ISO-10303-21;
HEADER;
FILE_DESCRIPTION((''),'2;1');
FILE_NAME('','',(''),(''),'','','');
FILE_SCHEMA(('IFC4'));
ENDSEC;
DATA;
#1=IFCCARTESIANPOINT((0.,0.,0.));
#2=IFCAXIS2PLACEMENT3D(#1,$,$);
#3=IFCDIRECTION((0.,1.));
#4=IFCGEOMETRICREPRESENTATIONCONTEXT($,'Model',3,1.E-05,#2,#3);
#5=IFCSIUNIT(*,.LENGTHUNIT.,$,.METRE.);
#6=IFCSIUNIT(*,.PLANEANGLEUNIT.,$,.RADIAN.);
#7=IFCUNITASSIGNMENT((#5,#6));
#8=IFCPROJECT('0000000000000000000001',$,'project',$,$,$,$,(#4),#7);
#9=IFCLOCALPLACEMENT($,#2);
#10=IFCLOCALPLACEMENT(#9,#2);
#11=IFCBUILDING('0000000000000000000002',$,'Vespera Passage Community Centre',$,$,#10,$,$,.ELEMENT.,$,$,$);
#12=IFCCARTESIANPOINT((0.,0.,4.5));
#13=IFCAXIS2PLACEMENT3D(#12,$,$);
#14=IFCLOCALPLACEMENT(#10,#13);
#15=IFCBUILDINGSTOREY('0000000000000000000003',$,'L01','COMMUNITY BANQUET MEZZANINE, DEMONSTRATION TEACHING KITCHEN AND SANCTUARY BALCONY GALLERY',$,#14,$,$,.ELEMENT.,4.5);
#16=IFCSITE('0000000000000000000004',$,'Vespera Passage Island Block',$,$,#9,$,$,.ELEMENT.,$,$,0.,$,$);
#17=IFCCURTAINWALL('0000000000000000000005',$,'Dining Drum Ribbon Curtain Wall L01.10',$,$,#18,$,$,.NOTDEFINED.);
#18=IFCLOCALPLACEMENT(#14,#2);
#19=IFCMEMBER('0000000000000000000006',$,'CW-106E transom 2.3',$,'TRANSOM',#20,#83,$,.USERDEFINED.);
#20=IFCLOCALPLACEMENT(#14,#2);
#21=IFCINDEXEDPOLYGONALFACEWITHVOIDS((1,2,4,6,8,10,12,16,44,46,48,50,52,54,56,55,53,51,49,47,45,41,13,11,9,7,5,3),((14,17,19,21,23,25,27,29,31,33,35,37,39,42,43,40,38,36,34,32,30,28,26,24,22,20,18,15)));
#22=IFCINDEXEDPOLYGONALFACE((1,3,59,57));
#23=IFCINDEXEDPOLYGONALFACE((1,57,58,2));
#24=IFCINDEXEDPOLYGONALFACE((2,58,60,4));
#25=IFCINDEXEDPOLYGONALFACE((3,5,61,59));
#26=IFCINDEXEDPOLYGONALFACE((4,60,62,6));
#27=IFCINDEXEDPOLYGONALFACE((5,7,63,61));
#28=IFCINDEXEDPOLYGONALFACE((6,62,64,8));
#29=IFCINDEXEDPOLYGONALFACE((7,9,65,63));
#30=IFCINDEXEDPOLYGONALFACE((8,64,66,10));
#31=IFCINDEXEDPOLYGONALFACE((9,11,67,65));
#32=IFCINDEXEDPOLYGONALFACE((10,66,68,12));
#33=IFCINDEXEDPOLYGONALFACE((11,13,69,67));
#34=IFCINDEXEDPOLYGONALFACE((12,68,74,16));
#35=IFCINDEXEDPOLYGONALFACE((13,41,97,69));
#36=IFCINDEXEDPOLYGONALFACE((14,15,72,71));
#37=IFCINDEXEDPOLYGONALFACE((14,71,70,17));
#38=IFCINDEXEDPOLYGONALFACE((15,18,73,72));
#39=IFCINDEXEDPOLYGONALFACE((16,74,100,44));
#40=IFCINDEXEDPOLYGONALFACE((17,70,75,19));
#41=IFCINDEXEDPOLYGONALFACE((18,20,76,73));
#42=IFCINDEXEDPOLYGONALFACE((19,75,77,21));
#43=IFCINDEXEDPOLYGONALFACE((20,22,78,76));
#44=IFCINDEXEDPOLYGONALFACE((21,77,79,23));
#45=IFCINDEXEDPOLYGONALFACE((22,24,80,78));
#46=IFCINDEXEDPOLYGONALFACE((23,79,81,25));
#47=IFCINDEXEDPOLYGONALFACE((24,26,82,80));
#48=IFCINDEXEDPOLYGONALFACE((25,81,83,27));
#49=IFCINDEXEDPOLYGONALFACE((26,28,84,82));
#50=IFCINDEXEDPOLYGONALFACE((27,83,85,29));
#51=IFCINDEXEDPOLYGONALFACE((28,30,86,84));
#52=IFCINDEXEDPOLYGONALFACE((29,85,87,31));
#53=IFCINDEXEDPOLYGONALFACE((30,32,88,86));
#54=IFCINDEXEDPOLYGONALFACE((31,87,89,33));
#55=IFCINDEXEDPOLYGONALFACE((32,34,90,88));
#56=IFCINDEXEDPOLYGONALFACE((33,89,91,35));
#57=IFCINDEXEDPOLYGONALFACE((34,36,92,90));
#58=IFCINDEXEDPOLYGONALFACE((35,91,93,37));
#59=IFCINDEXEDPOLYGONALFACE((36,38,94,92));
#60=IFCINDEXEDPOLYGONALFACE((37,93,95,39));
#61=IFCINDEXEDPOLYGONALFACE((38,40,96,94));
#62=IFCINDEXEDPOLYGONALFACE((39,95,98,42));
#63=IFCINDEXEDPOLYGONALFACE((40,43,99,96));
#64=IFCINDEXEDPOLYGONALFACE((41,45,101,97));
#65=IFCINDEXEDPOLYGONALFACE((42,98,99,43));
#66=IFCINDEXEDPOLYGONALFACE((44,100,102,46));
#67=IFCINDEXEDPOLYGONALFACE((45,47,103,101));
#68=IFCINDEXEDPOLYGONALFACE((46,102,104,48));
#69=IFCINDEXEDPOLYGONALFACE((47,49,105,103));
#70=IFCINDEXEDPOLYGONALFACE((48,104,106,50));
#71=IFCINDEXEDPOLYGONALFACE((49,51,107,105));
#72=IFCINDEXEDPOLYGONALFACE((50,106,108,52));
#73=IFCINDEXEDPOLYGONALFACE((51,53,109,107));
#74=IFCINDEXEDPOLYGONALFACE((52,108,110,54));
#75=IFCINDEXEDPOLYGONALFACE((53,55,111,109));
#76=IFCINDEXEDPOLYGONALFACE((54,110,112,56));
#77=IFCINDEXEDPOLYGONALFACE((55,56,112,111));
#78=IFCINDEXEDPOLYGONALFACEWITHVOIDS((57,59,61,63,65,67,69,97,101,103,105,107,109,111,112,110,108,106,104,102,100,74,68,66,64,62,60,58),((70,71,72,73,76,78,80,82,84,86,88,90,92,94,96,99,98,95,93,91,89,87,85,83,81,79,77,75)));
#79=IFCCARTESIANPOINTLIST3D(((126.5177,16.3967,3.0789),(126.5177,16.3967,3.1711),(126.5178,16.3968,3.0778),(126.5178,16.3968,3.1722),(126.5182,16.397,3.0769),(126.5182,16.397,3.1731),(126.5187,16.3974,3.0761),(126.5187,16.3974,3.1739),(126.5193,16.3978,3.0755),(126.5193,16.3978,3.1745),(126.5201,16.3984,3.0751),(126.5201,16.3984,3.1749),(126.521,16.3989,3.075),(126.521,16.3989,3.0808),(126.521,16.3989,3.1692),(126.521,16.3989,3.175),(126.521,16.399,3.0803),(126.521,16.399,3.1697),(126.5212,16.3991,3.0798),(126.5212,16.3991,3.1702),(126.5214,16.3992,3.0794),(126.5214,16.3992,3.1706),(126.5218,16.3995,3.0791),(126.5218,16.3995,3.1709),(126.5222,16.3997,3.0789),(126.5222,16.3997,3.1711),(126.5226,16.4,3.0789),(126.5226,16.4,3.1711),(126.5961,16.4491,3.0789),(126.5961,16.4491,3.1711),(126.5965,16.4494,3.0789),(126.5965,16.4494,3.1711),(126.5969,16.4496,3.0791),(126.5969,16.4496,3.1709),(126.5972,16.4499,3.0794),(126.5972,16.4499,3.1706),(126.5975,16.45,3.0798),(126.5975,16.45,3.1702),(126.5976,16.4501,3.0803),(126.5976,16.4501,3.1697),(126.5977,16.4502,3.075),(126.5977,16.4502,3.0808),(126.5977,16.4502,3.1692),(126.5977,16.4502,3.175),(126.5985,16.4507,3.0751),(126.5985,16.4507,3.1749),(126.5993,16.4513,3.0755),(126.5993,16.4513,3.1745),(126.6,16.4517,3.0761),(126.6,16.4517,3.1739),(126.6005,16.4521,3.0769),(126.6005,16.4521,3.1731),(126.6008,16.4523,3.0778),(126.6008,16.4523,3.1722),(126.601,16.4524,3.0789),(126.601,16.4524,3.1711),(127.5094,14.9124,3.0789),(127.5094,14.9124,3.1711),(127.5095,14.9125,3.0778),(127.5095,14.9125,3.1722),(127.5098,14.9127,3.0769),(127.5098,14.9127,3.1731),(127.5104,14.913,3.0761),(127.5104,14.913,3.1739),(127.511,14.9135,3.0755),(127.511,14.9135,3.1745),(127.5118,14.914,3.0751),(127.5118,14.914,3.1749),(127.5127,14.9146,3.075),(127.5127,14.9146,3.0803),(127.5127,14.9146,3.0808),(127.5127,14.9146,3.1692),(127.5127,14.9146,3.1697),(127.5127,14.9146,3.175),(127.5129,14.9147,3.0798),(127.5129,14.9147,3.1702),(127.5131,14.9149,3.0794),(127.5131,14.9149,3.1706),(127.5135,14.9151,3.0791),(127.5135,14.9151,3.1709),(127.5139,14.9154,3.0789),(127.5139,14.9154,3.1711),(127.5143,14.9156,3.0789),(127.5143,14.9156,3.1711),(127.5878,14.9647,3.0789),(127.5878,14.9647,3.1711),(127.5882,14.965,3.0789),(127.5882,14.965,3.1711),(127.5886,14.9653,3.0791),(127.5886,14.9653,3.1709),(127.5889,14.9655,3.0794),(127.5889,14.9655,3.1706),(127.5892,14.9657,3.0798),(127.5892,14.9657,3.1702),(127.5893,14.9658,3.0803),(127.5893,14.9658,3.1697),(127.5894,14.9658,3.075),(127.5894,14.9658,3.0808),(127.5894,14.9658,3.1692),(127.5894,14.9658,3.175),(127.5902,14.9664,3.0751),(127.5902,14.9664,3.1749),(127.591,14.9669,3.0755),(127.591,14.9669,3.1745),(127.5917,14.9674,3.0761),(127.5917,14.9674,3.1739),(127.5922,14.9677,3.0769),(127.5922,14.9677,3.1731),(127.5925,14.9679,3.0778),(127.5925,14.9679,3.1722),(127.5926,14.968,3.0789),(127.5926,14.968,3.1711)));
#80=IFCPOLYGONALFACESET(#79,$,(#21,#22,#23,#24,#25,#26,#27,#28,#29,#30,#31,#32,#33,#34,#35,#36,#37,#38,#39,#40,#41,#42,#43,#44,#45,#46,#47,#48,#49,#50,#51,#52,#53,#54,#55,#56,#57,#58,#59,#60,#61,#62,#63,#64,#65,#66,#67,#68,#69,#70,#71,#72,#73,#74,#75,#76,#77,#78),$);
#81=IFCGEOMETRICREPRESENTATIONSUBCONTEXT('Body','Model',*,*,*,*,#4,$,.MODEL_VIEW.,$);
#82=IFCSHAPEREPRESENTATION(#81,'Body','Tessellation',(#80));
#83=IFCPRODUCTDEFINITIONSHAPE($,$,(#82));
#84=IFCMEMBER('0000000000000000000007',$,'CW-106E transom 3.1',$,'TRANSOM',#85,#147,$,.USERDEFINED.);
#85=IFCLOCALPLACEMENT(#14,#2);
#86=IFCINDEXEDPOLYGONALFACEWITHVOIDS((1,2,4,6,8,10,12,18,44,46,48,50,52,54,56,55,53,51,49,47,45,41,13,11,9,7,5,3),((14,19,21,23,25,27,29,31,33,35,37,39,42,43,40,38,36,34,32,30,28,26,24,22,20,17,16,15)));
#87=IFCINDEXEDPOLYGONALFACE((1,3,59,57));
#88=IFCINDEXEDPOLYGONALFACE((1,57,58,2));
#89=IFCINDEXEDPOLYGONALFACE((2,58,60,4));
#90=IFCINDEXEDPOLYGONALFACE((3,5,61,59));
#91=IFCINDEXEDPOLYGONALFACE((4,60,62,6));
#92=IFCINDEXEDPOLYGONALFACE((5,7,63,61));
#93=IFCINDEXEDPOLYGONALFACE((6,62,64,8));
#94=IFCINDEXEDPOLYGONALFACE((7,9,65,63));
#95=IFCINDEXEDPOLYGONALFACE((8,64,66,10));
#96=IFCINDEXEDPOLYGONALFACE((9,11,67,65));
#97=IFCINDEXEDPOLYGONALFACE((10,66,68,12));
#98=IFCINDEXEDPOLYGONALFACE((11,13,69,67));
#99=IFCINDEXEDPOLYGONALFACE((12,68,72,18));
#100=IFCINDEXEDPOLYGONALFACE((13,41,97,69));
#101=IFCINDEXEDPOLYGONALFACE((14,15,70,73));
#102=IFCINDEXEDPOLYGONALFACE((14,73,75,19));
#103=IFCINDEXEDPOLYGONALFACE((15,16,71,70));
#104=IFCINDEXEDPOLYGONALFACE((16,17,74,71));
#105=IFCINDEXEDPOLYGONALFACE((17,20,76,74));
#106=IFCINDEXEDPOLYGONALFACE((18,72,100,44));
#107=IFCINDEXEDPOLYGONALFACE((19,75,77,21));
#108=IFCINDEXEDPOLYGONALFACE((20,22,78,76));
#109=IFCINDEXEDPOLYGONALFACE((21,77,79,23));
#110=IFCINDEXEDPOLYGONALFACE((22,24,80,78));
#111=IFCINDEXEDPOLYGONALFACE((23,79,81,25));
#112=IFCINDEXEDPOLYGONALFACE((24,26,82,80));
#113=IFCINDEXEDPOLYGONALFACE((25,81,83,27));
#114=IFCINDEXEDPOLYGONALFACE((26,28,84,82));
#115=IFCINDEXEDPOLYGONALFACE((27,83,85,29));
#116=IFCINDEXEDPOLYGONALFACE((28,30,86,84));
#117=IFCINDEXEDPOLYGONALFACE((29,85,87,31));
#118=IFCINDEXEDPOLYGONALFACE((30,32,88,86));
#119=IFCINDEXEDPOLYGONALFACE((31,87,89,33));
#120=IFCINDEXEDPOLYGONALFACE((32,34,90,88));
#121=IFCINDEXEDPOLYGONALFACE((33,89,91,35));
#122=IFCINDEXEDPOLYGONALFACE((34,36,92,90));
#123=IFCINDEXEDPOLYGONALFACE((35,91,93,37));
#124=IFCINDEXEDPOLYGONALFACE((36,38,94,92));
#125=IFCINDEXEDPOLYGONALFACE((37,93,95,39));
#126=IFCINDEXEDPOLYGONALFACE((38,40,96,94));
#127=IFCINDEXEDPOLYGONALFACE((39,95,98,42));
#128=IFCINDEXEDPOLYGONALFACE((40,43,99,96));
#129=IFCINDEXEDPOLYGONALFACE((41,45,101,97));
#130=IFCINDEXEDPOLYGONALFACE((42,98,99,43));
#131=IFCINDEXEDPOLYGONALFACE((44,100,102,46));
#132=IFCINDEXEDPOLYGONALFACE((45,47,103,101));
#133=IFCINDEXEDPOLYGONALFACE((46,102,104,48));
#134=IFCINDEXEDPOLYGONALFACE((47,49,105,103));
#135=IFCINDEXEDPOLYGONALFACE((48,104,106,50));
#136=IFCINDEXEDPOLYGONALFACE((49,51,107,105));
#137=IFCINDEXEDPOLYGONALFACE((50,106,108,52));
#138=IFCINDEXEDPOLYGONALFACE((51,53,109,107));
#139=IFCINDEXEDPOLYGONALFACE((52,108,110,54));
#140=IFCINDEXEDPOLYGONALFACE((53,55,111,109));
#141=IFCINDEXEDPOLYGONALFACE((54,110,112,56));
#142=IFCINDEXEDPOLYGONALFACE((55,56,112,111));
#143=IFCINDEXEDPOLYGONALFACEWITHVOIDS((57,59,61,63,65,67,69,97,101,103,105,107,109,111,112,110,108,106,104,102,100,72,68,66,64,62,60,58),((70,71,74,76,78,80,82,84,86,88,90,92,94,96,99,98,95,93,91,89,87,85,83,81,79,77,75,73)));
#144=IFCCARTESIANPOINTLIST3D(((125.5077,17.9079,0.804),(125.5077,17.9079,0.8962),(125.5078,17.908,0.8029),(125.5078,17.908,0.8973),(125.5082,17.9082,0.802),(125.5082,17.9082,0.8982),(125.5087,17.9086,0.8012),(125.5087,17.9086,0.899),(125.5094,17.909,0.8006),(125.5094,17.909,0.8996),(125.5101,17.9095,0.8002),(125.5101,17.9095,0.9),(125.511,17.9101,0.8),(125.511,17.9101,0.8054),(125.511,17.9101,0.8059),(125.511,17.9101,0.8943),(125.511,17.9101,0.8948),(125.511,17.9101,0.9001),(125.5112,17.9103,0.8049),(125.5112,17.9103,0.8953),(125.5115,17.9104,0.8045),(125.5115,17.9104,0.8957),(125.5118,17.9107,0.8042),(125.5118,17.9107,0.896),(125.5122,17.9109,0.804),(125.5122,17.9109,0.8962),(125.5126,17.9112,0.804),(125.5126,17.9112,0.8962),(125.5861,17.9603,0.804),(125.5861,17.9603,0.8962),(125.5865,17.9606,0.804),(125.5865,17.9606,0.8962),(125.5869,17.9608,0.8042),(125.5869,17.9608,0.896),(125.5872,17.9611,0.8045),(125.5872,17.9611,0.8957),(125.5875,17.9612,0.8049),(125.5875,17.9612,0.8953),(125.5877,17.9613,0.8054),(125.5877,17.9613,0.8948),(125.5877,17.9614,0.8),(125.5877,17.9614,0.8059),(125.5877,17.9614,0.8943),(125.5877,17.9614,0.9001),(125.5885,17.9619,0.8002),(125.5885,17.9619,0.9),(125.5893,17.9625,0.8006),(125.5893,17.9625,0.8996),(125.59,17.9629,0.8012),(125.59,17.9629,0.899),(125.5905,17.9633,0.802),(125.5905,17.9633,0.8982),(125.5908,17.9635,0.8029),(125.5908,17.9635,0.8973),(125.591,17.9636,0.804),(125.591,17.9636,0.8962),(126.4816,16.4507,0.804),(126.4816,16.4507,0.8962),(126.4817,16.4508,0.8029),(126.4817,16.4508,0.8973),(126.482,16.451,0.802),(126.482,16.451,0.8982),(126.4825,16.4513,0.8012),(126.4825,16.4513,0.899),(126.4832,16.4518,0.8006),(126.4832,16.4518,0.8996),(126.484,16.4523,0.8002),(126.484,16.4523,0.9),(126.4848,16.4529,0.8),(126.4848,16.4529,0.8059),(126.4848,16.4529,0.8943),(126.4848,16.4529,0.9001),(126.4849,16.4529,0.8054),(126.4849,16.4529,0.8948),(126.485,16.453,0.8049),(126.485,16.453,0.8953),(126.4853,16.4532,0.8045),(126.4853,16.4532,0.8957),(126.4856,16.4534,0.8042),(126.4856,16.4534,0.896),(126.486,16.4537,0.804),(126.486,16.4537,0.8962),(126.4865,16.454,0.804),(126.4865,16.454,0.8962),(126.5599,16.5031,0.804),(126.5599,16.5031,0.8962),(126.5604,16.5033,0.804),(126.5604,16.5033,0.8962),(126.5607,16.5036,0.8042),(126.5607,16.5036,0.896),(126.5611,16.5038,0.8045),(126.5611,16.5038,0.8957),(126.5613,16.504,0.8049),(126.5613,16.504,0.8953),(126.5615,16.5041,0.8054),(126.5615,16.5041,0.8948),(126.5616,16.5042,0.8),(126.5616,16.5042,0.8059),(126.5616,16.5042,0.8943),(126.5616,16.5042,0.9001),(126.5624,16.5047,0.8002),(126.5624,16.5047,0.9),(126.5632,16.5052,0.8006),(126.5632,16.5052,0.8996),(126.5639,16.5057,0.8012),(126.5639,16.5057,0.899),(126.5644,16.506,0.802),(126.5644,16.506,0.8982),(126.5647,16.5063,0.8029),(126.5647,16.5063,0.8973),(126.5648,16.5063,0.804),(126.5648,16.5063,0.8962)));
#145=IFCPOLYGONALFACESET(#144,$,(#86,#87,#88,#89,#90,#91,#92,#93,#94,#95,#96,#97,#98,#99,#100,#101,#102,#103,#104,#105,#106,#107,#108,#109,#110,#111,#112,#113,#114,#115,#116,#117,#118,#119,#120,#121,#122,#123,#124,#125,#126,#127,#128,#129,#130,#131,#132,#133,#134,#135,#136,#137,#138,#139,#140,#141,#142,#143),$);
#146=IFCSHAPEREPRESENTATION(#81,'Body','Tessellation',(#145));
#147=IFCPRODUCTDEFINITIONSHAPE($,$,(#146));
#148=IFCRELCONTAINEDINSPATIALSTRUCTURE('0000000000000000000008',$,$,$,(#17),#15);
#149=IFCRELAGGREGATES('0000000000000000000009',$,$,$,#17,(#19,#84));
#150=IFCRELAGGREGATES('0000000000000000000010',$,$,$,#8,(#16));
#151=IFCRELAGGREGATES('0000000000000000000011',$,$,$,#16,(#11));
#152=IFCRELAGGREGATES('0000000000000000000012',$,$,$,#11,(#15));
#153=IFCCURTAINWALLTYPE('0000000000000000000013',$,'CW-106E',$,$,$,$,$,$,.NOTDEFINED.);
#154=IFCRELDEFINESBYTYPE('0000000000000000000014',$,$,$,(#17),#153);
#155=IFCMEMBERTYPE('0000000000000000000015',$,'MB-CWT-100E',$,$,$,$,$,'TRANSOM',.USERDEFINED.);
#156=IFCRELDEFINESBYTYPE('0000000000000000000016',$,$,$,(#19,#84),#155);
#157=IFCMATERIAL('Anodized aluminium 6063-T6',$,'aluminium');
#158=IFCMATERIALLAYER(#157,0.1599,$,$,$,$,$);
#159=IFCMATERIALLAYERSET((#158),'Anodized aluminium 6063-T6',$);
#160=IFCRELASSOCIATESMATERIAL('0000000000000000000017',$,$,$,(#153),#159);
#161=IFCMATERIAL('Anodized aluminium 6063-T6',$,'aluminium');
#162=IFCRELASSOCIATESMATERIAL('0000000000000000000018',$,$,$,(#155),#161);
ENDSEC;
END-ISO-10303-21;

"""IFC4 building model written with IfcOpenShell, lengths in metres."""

from ifc_helpers import new_model, si_unit, direction, frame, origin, origin_2d, place, context, subcontext, project, spatial, hollow_rectangle, extrude, material, layer, layer_set, material_profile, profile_set, type_object, element, aggregate, save


model = new_model("IFC4")

# Units and contexts
model_context = context("Model", 3, precision=1e-05, world=origin(), true_north=direction((0.0, 1.0)))
body_context = subcontext(model_context, "Body", "Model", "MODEL_VIEW")
ifc_project = project(units=[si_unit("LENGTHUNIT", "METRE"), si_unit("PLANEANGLEUNIT", "RADIAN")], contexts=[model_context])

# Site, building, storey
site_placement = place(None, origin())
site = spatial("IfcSite", under=ifc_project, at=site_placement, Name="Vespera Passage Island Block", CompositionType="ELEMENT", RefElevation=0.0)
building_placement = place(site_placement, origin())
building = spatial("IfcBuilding", under=site, at=building_placement, Name="Vespera Passage Community Centre", CompositionType="ELEMENT")
storey_placement = place(building_placement, frame((0.0, 0.0, 4.5)))
storey = spatial("IfcBuildingStorey", under=building, at=storey_placement, Name="L01", Description="COMMUNITY BANQUET MEZZANINE, DEMONSTRATION TEACHING KITCHEN AND SANCTUARY BALCONY GALLERY", CompositionType="ELEMENT", Elevation=4.5)

# Curtain wall
ifc_material_1 = material(Name="Anodized aluminium 6063-T6", Category="aluminium")
ifc_layer_1 = layer(ifc_material_1, 0.1599)
ifc_layer_set_1 = layer_set([ifc_layer_1], Name="Anodized aluminium 6063-T6")
curtain_wall_type_1 = type_object("IfcCurtainWallType", Name="CW-106E", PredefinedType="NOTDEFINED", material=ifc_layer_set_1)
curtain_wall_1_placement = place(storey_placement, origin())
curtain_wall_1 = element("IfcCurtainWall", 1, at=curtain_wall_1_placement, inside=storey, type_object=curtain_wall_type_1, Name="Dining Drum Ribbon Curtain Wall L01.10", PredefinedType="NOTDEFINED")

# Members
ifc_material_2 = material(Name="Anodized aluminium 6063-T6", Category="aluminium")
ifc_material_profile_1 = material_profile(ifc_material_2, hollow_rectangle(XDim=0.1001, YDim=0.1001, WallThickness=0.0039, InnerFilletRadius=0.002, OuterFilletRadius=0.0039, at=origin_2d()), Name="ALU100X100X4")
ifc_profile_set_1 = profile_set([ifc_material_profile_1], Name="Anodized aluminium 6063-T6")
member_type_1 = type_object("IfcMemberType", Name="MB-CWT-100E", ElementType="TRANSOM", PredefinedType="USERDEFINED", material=ifc_profile_set_1)
member_1_placement = place(storey_placement, frame((127.551, 14.9402, 3.125), z_axis=(-0.55552, 0.831503, 0.0), x_axis=(-0.831503, -0.55552, 0.0)))
member_1 = element("IfcMember", 2, at=member_1_placement, type_object=member_type_1, Name="CW-106E transom 2.3", ObjectType="TRANSOM", PredefinedType="USERDEFINED", context=body_context, shape_type="SweptSolid", body=[
    extrude(hollow_rectangle(XDim=0.1001, YDim=0.1001, WallThickness=0.0039, InnerFilletRadius=0.002, OuterFilletRadius=0.0039, at=origin_2d()), origin(), (0.0, 0.0, 1.0), 1.7852),
])
member_2_placement = place(storey_placement, frame((126.5232, 16.4785, 0.8501), z_axis=(-0.555632, 0.831428, 0.0), x_axis=(-0.831428, -0.555632, 0.0)))
member_2 = element("IfcMember", 3, at=member_2_placement, type_object=member_type_1, Name="CW-106E transom 3.1", ObjectType="TRANSOM", PredefinedType="USERDEFINED", context=body_context, shape_type="SweptSolid", body=[
    extrude(hollow_rectangle(XDim=0.1001, YDim=0.1001, WallThickness=0.0039, InnerFilletRadius=0.002, OuterFilletRadius=0.0039, at=origin_2d()), origin(), (0.0, 0.0, 1.0), 1.7527),
])

aggregate(curtain_wall_1, [member_1, member_2])

save(model, "model.ifc")
